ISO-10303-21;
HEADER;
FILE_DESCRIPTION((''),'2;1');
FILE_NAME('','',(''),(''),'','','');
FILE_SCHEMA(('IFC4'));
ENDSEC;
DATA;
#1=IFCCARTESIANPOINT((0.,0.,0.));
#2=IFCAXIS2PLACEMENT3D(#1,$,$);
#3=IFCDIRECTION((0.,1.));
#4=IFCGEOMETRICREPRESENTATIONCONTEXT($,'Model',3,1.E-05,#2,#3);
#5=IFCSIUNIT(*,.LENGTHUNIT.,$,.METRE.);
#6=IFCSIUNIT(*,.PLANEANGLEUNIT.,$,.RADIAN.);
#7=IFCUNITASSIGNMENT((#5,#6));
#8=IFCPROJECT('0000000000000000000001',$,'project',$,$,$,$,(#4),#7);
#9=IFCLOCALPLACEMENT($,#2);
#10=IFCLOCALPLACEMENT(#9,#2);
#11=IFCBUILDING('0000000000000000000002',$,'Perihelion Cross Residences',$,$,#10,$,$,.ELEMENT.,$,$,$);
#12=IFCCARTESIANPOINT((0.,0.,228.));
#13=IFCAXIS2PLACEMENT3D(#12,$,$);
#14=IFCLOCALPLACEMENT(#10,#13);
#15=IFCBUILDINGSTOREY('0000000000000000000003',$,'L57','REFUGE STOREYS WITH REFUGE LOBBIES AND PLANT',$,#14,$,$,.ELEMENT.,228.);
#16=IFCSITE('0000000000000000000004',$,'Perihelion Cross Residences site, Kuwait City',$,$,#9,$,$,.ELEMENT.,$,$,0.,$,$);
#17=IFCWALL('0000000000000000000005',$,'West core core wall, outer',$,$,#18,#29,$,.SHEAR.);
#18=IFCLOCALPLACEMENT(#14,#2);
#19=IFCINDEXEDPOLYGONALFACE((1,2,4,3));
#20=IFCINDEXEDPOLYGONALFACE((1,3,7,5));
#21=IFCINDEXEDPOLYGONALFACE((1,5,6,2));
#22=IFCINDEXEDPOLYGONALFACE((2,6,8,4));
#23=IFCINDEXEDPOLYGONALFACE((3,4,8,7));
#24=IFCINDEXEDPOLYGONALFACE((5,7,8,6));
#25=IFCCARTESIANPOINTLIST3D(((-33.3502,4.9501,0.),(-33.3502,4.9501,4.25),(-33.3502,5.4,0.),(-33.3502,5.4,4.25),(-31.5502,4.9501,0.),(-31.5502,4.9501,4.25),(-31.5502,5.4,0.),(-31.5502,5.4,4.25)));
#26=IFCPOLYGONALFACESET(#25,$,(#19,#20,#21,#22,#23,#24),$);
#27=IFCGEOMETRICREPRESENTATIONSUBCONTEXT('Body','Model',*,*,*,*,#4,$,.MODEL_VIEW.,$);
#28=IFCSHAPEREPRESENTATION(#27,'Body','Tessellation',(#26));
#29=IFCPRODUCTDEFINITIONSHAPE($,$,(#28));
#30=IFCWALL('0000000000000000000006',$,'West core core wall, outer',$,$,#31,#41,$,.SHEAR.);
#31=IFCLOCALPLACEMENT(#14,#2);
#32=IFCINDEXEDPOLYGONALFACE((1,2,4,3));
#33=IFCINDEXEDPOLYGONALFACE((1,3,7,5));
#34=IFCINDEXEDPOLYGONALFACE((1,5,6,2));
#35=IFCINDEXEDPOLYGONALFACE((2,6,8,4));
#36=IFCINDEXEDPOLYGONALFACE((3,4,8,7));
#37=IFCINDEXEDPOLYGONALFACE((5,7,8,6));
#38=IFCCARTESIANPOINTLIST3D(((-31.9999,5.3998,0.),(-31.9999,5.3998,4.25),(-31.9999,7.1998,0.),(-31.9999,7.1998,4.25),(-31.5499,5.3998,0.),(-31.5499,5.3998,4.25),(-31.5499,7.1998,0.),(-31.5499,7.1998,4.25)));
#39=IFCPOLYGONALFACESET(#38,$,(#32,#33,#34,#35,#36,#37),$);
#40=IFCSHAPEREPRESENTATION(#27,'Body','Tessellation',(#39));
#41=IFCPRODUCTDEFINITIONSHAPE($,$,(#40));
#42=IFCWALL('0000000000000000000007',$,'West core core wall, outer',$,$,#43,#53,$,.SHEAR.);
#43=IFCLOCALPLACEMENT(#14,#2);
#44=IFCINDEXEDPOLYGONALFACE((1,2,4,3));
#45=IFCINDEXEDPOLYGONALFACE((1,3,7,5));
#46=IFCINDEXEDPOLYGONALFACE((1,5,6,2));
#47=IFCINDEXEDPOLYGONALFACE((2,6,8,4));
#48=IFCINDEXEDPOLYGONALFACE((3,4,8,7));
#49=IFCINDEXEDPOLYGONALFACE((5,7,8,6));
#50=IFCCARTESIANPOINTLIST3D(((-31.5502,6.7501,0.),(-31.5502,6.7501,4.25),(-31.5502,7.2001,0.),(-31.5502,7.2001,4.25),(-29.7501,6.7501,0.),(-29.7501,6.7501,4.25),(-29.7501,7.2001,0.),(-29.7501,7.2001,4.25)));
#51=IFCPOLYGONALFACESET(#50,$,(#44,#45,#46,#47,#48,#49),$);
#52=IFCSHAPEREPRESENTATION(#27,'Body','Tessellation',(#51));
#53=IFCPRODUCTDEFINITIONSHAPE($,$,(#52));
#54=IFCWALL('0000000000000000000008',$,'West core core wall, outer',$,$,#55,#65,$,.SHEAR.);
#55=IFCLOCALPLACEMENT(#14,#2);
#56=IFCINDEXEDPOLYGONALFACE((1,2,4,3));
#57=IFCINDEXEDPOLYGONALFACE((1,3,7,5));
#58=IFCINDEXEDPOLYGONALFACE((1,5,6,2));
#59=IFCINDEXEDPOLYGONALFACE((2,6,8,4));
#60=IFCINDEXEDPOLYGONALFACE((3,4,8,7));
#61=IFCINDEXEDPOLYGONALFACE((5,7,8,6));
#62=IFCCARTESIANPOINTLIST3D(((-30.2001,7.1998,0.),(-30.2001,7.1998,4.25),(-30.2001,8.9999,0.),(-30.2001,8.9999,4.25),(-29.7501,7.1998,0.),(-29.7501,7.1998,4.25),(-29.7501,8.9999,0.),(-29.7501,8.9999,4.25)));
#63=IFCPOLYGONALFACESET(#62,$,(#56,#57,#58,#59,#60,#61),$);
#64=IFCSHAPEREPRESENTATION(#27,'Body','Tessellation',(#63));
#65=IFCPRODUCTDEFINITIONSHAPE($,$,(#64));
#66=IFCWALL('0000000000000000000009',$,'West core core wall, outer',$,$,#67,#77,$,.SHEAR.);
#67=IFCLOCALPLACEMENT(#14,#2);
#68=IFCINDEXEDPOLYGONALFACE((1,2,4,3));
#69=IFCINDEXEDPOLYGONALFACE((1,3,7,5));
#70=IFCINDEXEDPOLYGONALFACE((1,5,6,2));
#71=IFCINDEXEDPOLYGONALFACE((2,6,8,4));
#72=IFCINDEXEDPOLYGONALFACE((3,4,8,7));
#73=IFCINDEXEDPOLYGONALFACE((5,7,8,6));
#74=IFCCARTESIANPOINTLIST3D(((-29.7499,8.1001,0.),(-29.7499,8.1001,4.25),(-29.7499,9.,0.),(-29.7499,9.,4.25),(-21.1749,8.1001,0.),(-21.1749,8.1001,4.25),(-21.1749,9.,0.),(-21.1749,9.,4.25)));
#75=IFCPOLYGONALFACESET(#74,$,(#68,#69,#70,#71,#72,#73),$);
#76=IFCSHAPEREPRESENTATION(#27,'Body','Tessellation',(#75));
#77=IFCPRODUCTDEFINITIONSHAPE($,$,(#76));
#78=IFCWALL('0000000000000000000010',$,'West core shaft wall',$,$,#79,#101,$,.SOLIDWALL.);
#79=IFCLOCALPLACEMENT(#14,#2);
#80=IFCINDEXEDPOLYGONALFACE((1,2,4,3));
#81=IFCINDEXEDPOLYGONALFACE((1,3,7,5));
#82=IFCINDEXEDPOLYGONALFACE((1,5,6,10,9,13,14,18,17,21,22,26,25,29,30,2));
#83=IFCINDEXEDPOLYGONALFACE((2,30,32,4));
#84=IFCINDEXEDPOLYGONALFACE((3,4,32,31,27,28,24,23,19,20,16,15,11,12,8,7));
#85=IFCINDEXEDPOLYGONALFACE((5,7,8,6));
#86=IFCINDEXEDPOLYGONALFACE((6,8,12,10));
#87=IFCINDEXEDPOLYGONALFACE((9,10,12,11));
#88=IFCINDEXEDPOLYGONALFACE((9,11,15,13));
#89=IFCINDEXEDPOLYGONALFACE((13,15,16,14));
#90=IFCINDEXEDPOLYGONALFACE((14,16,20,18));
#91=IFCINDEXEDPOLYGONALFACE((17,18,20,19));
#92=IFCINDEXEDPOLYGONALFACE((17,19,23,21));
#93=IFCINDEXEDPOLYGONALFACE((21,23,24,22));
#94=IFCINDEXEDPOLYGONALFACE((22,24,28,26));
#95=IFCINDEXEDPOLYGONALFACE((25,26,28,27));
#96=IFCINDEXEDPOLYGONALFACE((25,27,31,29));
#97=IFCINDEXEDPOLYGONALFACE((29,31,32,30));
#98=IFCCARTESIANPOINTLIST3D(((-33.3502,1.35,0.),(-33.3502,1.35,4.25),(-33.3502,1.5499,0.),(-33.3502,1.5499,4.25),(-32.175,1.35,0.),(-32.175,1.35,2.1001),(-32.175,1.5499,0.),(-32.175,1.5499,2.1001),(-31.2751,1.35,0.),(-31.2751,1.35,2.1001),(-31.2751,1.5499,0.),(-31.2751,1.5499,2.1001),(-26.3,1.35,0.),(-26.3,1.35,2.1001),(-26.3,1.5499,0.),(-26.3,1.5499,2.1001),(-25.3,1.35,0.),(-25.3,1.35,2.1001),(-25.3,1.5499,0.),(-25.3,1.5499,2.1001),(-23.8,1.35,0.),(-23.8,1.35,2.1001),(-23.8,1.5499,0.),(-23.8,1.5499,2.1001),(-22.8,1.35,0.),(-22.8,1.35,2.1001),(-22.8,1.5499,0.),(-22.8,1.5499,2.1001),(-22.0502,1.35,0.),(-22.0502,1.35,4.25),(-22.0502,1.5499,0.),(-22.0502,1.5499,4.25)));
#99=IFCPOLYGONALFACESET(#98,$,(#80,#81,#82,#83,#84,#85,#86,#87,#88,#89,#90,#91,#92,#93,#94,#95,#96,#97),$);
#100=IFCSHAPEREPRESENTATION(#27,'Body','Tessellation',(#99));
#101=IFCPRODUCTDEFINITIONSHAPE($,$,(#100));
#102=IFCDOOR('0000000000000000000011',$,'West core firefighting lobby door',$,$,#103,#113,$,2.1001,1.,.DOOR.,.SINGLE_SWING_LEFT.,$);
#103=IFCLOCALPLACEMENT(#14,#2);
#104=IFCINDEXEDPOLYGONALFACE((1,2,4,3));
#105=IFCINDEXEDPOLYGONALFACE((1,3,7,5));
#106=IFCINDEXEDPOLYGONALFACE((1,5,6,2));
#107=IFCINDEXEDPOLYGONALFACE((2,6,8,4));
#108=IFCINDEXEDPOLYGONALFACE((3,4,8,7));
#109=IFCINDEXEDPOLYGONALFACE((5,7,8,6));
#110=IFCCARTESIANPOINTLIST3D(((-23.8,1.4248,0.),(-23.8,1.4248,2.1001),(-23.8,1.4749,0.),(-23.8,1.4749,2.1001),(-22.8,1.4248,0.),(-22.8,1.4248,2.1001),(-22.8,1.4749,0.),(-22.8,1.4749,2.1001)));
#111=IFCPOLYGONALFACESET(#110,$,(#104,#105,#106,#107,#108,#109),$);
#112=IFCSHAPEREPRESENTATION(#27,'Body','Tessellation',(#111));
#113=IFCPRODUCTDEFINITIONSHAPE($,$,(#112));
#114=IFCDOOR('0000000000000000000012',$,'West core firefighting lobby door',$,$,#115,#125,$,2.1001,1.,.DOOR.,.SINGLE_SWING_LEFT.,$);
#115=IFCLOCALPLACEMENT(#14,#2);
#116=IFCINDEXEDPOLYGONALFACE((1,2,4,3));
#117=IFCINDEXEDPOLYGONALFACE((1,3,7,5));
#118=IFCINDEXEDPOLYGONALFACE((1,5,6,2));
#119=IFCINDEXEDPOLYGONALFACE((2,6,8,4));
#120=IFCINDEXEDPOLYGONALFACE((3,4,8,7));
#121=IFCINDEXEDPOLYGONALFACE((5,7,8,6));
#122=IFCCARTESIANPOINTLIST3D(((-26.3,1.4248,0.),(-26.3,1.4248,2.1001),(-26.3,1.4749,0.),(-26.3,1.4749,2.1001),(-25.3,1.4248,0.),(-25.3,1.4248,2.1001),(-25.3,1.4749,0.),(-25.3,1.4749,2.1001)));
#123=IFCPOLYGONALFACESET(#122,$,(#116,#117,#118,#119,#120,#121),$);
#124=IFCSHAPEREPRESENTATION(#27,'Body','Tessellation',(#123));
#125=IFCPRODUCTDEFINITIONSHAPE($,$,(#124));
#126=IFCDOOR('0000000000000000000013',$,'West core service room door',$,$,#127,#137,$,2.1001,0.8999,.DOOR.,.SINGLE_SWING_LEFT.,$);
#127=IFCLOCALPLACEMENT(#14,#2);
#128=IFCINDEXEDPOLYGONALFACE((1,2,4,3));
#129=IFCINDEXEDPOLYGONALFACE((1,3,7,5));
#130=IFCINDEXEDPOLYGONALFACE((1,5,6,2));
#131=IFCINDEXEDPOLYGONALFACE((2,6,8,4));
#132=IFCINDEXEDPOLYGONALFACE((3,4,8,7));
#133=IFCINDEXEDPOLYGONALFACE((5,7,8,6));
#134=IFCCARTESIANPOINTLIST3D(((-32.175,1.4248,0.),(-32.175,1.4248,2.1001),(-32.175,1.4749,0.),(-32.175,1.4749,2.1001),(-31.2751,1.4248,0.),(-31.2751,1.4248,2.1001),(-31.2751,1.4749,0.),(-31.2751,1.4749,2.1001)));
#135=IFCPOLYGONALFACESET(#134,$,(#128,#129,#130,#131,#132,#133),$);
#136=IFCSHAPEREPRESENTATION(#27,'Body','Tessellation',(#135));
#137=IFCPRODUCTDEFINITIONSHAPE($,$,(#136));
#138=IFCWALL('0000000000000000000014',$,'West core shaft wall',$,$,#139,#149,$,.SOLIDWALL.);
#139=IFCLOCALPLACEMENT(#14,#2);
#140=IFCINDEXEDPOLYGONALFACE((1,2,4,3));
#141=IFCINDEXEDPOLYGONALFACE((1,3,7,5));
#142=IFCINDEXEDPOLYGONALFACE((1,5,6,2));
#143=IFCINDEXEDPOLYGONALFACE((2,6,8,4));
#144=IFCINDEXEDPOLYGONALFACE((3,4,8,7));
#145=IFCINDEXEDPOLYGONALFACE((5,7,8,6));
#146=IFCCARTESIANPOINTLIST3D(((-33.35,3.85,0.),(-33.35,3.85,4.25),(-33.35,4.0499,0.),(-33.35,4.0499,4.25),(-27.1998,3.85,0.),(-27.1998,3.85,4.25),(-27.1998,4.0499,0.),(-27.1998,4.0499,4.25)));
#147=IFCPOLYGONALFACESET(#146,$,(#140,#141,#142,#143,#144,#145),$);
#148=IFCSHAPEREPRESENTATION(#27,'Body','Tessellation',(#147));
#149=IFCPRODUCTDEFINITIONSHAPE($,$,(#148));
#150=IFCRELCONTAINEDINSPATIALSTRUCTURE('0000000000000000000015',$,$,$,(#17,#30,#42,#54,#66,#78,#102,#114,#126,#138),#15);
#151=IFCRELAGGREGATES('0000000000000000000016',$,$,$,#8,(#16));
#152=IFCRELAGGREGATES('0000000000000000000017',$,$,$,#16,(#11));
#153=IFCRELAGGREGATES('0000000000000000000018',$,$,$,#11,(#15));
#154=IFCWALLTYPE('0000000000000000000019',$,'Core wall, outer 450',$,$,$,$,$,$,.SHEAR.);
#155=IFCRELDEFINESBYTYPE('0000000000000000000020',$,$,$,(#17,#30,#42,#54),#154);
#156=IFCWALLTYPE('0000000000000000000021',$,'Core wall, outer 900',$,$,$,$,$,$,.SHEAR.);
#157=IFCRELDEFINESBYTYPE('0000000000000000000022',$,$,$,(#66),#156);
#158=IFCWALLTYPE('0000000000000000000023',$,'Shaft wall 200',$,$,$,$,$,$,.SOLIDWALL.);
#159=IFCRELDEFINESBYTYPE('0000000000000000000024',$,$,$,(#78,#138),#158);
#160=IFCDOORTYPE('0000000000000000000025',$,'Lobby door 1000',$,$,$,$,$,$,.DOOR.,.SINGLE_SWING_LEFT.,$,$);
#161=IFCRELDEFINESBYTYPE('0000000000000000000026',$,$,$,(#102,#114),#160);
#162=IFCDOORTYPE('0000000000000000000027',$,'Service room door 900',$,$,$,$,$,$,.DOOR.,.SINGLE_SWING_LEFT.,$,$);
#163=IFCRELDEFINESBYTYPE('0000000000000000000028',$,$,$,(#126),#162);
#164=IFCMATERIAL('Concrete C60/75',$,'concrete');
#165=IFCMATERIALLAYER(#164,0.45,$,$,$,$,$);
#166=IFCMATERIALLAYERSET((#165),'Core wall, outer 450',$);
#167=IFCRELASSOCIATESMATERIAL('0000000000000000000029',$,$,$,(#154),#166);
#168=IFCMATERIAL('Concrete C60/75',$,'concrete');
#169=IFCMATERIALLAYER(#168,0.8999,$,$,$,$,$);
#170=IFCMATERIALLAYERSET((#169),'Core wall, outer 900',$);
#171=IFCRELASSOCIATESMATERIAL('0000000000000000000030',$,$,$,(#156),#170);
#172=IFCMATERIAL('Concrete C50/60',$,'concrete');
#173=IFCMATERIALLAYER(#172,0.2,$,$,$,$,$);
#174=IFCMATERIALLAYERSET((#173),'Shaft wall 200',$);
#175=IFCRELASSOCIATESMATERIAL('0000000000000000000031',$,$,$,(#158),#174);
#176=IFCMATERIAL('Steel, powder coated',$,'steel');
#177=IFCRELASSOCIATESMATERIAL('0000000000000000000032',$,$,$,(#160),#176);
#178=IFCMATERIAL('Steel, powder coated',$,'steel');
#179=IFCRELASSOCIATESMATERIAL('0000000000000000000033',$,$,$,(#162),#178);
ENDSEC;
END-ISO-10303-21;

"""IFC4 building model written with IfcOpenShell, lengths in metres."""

from ifc_helpers import new_model, si_unit, direction, frame, frame_2d, origin, place, context, subcontext, project, spatial, rectangle, extrude, material, layer, layer_set, type_object, element, fill, save


model = new_model("IFC4")

# Units and contexts
model_context = context("Model", 3, precision=1e-05, world=origin(), true_north=direction((0.0, 1.0)))
body_context = subcontext(model_context, "Body", "Model", "MODEL_VIEW")
ifc_project = project(units=[si_unit("LENGTHUNIT", "METRE"), si_unit("PLANEANGLEUNIT", "RADIAN")], contexts=[model_context])

# Site, building, storey
site_placement = place(None, origin())
site = spatial("IfcSite", under=ifc_project, at=site_placement, Name="Perihelion Cross Residences site, Kuwait City", CompositionType="ELEMENT", RefElevation=0.0)
building_placement = place(site_placement, origin())
building = spatial("IfcBuilding", under=site, at=building_placement, Name="Perihelion Cross Residences", CompositionType="ELEMENT")
storey_placement = place(building_placement, frame((0.0, 0.0, 228.0)))
storey = spatial("IfcBuildingStorey", under=building, at=storey_placement, Name="L57", Description="REFUGE STOREYS WITH REFUGE LOBBIES AND PLANT", CompositionType="ELEMENT", Elevation=228.0)

# Walls
ifc_material_1 = material(Name="Concrete C60/75", Category="concrete")
ifc_layer_1 = layer(ifc_material_1, 0.45)
ifc_layer_set_1 = layer_set([ifc_layer_1], Name="Core wall, outer 450")
wall_type_1 = type_object("IfcWallType", Name="Core wall, outer 450", PredefinedType="SHEAR", material=ifc_layer_set_1)
for number, where, z_axis, x_axis, name in (
    (1, (-33.3501, 5.175, 0.0), (0.0, 0.0, 1.0), (1.0, 0.0, 0.0), "West core core wall, outer"),
    (2, (-31.7749, 5.3999, 0.0), (0.0, 0.0, 1.0), (0.0, 1.0, 0.0), "West core core wall, outer"),
    (3, (-31.55, 6.9751, 0.0), (0.0, 0.0, 1.0), (1.0, 0.0, 0.0), "West core core wall, outer"),
    (4, (-29.9751, 7.2, 0.0), (0.0, 0.0, 1.0), (0.0, 1.0, 0.0), "West core core wall, outer"),
):
    element("IfcWall", number, at=place(storey_placement, frame(where, z_axis=z_axis, x_axis=x_axis)), inside=storey, type_object=wall_type_1, Name=name, PredefinedType="SHEAR", context=body_context, shape_type="SweptSolid", body=[
        extrude(rectangle(XDim=1.8, YDim=0.45, at=frame_2d((0.8999, 0.0))), origin(), (0.0, 0.0, 1.0), 4.25),
    ])
ifc_material_2 = material(Name="Concrete C60/75", Category="concrete")
ifc_layer_2 = layer(ifc_material_2, 0.8999)
ifc_layer_set_2 = layer_set([ifc_layer_2], Name="Core wall, outer 900")
wall_type_2 = type_object("IfcWallType", Name="Core wall, outer 900", PredefinedType="SHEAR", material=ifc_layer_set_2)
wall_1_placement = place(storey_placement, frame((-29.75, 8.55, 0.0), z_axis=(0.0, 0.0, 1.0), x_axis=(1.0, 0.0, 0.0)))
element("IfcWall", 5, at=wall_1_placement, inside=storey, type_object=wall_type_2, Name="West core core wall, outer", PredefinedType="SHEAR", context=body_context, shape_type="SweptSolid", body=[
    extrude(rectangle(XDim=8.575, YDim=0.8999, at=frame_2d((4.2876, 0.0))), origin(), (0.0, 0.0, 1.0), 4.25),
])

# Wall, openings, doors
ifc_material_3 = material(Name="Concrete C50/60", Category="concrete")
ifc_layer_3 = layer(ifc_material_3, 0.2)
ifc_layer_set_3 = layer_set([ifc_layer_3], Name="Shaft wall 200")
wall_type_3 = type_object("IfcWallType", Name="Shaft wall 200", PredefinedType="SOLIDWALL", material=ifc_layer_set_3)
wall_2_placement = place(storey_placement, frame((-33.3501, 1.45, 0.0), z_axis=(0.0, 0.0, 1.0), x_axis=(1.0, 0.0, 0.0)))
wall_2 = element("IfcWall", 6, at=wall_2_placement, inside=storey, type_object=wall_type_3, Name="West core shaft wall", PredefinedType="SOLIDWALL", context=body_context, shape_type="SweptSolid", body=[
    extrude(rectangle(XDim=11.3, YDim=0.2, at=frame_2d((5.6499, 0.0))), origin(), (0.0, 0.0, 1.0), 4.25),
])
opening_1_placement = place(wall_2_placement, frame((9.55, 0.0, 0.0)))
opening_1 = element("IfcOpeningElement", 7, at=opening_1_placement, cuts=wall_2, PredefinedType="OPENING", context=body_context, shape_type="SweptSolid", body=[
    extrude(rectangle(XDim=1.0, YDim=2.1001, at=frame_2d((0.5, 1.05))), frame((0.0, 0.1099, 0.0), z_axis=(0.0, -1.0, 0.0), x_axis=(1.0, 0.0, 0.0)), (0.0, 0.0, 1.0), 0.22),
])
opening_2_placement = place(wall_2_placement, frame((7.05, 0.0, 0.0)))
opening_2 = element("IfcOpeningElement", 8, at=opening_2_placement, cuts=wall_2, PredefinedType="OPENING", context=body_context, shape_type="SweptSolid", body=[
    extrude(rectangle(XDim=1.0, YDim=2.1001, at=frame_2d((0.5, 1.05))), frame((0.0, 0.1099, 0.0), z_axis=(0.0, -1.0, 0.0), x_axis=(1.0, 0.0, 0.0)), (0.0, 0.0, 1.0), 0.22),
])
opening_3_placement = place(wall_2_placement, frame((1.175, 0.0, 0.0)))
opening_3 = element("IfcOpeningElement", 9, at=opening_3_placement, cuts=wall_2, PredefinedType="OPENING", context=body_context, shape_type="SweptSolid", body=[
    extrude(rectangle(XDim=0.8999, YDim=2.1001, at=frame_2d((0.45, 1.05))), frame((0.0, 0.1099, 0.0), z_axis=(0.0, -1.0, 0.0), x_axis=(1.0, 0.0, 0.0)), (0.0, 0.0, 1.0), 0.22),
])
ifc_material_4 = material(Name="Steel, powder coated", Category="steel")
door_type_1 = type_object("IfcDoorType", Name="Lobby door 1000", OperationType="SINGLE_SWING_LEFT", PredefinedType="DOOR", material=ifc_material_4)
door_1_placement = place(opening_1_placement, origin())
door_1 = element("IfcDoor", 10, at=door_1_placement, inside=storey, type_object=door_type_1, Name="West core firefighting lobby door", OperationType="SINGLE_SWING_LEFT", OverallHeight=2.1001, OverallWidth=1.0, PredefinedType="DOOR", context=body_context, shape_type="SweptSolid", body=[
    extrude(rectangle(XDim=1.0, YDim=2.1001, at=frame_2d((0.5, 1.05))), frame((0.0, 0.0249, 0.0), z_axis=(0.0, -1.0, 0.0), x_axis=(1.0, 0.0, 0.0)), (0.0, 0.0, 1.0), 0.05),
])
fill(opening_1, door_1)
door_2_placement = place(opening_2_placement, origin())
door_2 = element("IfcDoor", 11, at=door_2_placement, inside=storey, type_object=door_type_1, Name="West core firefighting lobby door", OperationType="SINGLE_SWING_LEFT", OverallHeight=2.1001, OverallWidth=1.0, PredefinedType="DOOR", context=body_context, shape_type="SweptSolid", body=[
    extrude(rectangle(XDim=1.0, YDim=2.1001, at=frame_2d((0.5, 1.05))), frame((0.0, 0.0249, 0.0), z_axis=(0.0, -1.0, 0.0), x_axis=(1.0, 0.0, 0.0)), (0.0, 0.0, 1.0), 0.05),
])
fill(opening_2, door_2)
ifc_material_5 = material(Name="Steel, powder coated", Category="steel")
door_type_2 = type_object("IfcDoorType", Name="Service room door 900", OperationType="SINGLE_SWING_LEFT", PredefinedType="DOOR", material=ifc_material_5)
door_3_placement = place(opening_3_placement, origin())
door_3 = element("IfcDoor", 12, at=door_3_placement, inside=storey, type_object=door_type_2, Name="West core service room door", OperationType="SINGLE_SWING_LEFT", OverallHeight=2.1001, OverallWidth=0.8999, PredefinedType="DOOR", context=body_context, shape_type="SweptSolid", body=[
    extrude(rectangle(XDim=0.8999, YDim=2.1001, at=frame_2d((0.45, 1.05))), frame((0.0, 0.0249, 0.0), z_axis=(0.0, -1.0, 0.0), x_axis=(1.0, 0.0, 0.0)), (0.0, 0.0, 1.0), 0.05),
])
fill(opening_3, door_3)

# Wall
wall_3_placement = place(storey_placement, frame((-33.3501, 3.95, 0.0), z_axis=(0.0, 0.0, 1.0), x_axis=(1.0, 0.0, 0.0)))
element("IfcWall", 13, at=wall_3_placement, inside=storey, type_object=wall_type_3, Name="West core shaft wall", PredefinedType="SOLIDWALL", context=body_context, shape_type="SweptSolid", body=[
    extrude(rectangle(XDim=6.1501, YDim=0.2, at=frame_2d((3.0752, 0.0))), origin(), (0.0, 0.0, 1.0), 4.25),
])

save(model, "model.ifc")
